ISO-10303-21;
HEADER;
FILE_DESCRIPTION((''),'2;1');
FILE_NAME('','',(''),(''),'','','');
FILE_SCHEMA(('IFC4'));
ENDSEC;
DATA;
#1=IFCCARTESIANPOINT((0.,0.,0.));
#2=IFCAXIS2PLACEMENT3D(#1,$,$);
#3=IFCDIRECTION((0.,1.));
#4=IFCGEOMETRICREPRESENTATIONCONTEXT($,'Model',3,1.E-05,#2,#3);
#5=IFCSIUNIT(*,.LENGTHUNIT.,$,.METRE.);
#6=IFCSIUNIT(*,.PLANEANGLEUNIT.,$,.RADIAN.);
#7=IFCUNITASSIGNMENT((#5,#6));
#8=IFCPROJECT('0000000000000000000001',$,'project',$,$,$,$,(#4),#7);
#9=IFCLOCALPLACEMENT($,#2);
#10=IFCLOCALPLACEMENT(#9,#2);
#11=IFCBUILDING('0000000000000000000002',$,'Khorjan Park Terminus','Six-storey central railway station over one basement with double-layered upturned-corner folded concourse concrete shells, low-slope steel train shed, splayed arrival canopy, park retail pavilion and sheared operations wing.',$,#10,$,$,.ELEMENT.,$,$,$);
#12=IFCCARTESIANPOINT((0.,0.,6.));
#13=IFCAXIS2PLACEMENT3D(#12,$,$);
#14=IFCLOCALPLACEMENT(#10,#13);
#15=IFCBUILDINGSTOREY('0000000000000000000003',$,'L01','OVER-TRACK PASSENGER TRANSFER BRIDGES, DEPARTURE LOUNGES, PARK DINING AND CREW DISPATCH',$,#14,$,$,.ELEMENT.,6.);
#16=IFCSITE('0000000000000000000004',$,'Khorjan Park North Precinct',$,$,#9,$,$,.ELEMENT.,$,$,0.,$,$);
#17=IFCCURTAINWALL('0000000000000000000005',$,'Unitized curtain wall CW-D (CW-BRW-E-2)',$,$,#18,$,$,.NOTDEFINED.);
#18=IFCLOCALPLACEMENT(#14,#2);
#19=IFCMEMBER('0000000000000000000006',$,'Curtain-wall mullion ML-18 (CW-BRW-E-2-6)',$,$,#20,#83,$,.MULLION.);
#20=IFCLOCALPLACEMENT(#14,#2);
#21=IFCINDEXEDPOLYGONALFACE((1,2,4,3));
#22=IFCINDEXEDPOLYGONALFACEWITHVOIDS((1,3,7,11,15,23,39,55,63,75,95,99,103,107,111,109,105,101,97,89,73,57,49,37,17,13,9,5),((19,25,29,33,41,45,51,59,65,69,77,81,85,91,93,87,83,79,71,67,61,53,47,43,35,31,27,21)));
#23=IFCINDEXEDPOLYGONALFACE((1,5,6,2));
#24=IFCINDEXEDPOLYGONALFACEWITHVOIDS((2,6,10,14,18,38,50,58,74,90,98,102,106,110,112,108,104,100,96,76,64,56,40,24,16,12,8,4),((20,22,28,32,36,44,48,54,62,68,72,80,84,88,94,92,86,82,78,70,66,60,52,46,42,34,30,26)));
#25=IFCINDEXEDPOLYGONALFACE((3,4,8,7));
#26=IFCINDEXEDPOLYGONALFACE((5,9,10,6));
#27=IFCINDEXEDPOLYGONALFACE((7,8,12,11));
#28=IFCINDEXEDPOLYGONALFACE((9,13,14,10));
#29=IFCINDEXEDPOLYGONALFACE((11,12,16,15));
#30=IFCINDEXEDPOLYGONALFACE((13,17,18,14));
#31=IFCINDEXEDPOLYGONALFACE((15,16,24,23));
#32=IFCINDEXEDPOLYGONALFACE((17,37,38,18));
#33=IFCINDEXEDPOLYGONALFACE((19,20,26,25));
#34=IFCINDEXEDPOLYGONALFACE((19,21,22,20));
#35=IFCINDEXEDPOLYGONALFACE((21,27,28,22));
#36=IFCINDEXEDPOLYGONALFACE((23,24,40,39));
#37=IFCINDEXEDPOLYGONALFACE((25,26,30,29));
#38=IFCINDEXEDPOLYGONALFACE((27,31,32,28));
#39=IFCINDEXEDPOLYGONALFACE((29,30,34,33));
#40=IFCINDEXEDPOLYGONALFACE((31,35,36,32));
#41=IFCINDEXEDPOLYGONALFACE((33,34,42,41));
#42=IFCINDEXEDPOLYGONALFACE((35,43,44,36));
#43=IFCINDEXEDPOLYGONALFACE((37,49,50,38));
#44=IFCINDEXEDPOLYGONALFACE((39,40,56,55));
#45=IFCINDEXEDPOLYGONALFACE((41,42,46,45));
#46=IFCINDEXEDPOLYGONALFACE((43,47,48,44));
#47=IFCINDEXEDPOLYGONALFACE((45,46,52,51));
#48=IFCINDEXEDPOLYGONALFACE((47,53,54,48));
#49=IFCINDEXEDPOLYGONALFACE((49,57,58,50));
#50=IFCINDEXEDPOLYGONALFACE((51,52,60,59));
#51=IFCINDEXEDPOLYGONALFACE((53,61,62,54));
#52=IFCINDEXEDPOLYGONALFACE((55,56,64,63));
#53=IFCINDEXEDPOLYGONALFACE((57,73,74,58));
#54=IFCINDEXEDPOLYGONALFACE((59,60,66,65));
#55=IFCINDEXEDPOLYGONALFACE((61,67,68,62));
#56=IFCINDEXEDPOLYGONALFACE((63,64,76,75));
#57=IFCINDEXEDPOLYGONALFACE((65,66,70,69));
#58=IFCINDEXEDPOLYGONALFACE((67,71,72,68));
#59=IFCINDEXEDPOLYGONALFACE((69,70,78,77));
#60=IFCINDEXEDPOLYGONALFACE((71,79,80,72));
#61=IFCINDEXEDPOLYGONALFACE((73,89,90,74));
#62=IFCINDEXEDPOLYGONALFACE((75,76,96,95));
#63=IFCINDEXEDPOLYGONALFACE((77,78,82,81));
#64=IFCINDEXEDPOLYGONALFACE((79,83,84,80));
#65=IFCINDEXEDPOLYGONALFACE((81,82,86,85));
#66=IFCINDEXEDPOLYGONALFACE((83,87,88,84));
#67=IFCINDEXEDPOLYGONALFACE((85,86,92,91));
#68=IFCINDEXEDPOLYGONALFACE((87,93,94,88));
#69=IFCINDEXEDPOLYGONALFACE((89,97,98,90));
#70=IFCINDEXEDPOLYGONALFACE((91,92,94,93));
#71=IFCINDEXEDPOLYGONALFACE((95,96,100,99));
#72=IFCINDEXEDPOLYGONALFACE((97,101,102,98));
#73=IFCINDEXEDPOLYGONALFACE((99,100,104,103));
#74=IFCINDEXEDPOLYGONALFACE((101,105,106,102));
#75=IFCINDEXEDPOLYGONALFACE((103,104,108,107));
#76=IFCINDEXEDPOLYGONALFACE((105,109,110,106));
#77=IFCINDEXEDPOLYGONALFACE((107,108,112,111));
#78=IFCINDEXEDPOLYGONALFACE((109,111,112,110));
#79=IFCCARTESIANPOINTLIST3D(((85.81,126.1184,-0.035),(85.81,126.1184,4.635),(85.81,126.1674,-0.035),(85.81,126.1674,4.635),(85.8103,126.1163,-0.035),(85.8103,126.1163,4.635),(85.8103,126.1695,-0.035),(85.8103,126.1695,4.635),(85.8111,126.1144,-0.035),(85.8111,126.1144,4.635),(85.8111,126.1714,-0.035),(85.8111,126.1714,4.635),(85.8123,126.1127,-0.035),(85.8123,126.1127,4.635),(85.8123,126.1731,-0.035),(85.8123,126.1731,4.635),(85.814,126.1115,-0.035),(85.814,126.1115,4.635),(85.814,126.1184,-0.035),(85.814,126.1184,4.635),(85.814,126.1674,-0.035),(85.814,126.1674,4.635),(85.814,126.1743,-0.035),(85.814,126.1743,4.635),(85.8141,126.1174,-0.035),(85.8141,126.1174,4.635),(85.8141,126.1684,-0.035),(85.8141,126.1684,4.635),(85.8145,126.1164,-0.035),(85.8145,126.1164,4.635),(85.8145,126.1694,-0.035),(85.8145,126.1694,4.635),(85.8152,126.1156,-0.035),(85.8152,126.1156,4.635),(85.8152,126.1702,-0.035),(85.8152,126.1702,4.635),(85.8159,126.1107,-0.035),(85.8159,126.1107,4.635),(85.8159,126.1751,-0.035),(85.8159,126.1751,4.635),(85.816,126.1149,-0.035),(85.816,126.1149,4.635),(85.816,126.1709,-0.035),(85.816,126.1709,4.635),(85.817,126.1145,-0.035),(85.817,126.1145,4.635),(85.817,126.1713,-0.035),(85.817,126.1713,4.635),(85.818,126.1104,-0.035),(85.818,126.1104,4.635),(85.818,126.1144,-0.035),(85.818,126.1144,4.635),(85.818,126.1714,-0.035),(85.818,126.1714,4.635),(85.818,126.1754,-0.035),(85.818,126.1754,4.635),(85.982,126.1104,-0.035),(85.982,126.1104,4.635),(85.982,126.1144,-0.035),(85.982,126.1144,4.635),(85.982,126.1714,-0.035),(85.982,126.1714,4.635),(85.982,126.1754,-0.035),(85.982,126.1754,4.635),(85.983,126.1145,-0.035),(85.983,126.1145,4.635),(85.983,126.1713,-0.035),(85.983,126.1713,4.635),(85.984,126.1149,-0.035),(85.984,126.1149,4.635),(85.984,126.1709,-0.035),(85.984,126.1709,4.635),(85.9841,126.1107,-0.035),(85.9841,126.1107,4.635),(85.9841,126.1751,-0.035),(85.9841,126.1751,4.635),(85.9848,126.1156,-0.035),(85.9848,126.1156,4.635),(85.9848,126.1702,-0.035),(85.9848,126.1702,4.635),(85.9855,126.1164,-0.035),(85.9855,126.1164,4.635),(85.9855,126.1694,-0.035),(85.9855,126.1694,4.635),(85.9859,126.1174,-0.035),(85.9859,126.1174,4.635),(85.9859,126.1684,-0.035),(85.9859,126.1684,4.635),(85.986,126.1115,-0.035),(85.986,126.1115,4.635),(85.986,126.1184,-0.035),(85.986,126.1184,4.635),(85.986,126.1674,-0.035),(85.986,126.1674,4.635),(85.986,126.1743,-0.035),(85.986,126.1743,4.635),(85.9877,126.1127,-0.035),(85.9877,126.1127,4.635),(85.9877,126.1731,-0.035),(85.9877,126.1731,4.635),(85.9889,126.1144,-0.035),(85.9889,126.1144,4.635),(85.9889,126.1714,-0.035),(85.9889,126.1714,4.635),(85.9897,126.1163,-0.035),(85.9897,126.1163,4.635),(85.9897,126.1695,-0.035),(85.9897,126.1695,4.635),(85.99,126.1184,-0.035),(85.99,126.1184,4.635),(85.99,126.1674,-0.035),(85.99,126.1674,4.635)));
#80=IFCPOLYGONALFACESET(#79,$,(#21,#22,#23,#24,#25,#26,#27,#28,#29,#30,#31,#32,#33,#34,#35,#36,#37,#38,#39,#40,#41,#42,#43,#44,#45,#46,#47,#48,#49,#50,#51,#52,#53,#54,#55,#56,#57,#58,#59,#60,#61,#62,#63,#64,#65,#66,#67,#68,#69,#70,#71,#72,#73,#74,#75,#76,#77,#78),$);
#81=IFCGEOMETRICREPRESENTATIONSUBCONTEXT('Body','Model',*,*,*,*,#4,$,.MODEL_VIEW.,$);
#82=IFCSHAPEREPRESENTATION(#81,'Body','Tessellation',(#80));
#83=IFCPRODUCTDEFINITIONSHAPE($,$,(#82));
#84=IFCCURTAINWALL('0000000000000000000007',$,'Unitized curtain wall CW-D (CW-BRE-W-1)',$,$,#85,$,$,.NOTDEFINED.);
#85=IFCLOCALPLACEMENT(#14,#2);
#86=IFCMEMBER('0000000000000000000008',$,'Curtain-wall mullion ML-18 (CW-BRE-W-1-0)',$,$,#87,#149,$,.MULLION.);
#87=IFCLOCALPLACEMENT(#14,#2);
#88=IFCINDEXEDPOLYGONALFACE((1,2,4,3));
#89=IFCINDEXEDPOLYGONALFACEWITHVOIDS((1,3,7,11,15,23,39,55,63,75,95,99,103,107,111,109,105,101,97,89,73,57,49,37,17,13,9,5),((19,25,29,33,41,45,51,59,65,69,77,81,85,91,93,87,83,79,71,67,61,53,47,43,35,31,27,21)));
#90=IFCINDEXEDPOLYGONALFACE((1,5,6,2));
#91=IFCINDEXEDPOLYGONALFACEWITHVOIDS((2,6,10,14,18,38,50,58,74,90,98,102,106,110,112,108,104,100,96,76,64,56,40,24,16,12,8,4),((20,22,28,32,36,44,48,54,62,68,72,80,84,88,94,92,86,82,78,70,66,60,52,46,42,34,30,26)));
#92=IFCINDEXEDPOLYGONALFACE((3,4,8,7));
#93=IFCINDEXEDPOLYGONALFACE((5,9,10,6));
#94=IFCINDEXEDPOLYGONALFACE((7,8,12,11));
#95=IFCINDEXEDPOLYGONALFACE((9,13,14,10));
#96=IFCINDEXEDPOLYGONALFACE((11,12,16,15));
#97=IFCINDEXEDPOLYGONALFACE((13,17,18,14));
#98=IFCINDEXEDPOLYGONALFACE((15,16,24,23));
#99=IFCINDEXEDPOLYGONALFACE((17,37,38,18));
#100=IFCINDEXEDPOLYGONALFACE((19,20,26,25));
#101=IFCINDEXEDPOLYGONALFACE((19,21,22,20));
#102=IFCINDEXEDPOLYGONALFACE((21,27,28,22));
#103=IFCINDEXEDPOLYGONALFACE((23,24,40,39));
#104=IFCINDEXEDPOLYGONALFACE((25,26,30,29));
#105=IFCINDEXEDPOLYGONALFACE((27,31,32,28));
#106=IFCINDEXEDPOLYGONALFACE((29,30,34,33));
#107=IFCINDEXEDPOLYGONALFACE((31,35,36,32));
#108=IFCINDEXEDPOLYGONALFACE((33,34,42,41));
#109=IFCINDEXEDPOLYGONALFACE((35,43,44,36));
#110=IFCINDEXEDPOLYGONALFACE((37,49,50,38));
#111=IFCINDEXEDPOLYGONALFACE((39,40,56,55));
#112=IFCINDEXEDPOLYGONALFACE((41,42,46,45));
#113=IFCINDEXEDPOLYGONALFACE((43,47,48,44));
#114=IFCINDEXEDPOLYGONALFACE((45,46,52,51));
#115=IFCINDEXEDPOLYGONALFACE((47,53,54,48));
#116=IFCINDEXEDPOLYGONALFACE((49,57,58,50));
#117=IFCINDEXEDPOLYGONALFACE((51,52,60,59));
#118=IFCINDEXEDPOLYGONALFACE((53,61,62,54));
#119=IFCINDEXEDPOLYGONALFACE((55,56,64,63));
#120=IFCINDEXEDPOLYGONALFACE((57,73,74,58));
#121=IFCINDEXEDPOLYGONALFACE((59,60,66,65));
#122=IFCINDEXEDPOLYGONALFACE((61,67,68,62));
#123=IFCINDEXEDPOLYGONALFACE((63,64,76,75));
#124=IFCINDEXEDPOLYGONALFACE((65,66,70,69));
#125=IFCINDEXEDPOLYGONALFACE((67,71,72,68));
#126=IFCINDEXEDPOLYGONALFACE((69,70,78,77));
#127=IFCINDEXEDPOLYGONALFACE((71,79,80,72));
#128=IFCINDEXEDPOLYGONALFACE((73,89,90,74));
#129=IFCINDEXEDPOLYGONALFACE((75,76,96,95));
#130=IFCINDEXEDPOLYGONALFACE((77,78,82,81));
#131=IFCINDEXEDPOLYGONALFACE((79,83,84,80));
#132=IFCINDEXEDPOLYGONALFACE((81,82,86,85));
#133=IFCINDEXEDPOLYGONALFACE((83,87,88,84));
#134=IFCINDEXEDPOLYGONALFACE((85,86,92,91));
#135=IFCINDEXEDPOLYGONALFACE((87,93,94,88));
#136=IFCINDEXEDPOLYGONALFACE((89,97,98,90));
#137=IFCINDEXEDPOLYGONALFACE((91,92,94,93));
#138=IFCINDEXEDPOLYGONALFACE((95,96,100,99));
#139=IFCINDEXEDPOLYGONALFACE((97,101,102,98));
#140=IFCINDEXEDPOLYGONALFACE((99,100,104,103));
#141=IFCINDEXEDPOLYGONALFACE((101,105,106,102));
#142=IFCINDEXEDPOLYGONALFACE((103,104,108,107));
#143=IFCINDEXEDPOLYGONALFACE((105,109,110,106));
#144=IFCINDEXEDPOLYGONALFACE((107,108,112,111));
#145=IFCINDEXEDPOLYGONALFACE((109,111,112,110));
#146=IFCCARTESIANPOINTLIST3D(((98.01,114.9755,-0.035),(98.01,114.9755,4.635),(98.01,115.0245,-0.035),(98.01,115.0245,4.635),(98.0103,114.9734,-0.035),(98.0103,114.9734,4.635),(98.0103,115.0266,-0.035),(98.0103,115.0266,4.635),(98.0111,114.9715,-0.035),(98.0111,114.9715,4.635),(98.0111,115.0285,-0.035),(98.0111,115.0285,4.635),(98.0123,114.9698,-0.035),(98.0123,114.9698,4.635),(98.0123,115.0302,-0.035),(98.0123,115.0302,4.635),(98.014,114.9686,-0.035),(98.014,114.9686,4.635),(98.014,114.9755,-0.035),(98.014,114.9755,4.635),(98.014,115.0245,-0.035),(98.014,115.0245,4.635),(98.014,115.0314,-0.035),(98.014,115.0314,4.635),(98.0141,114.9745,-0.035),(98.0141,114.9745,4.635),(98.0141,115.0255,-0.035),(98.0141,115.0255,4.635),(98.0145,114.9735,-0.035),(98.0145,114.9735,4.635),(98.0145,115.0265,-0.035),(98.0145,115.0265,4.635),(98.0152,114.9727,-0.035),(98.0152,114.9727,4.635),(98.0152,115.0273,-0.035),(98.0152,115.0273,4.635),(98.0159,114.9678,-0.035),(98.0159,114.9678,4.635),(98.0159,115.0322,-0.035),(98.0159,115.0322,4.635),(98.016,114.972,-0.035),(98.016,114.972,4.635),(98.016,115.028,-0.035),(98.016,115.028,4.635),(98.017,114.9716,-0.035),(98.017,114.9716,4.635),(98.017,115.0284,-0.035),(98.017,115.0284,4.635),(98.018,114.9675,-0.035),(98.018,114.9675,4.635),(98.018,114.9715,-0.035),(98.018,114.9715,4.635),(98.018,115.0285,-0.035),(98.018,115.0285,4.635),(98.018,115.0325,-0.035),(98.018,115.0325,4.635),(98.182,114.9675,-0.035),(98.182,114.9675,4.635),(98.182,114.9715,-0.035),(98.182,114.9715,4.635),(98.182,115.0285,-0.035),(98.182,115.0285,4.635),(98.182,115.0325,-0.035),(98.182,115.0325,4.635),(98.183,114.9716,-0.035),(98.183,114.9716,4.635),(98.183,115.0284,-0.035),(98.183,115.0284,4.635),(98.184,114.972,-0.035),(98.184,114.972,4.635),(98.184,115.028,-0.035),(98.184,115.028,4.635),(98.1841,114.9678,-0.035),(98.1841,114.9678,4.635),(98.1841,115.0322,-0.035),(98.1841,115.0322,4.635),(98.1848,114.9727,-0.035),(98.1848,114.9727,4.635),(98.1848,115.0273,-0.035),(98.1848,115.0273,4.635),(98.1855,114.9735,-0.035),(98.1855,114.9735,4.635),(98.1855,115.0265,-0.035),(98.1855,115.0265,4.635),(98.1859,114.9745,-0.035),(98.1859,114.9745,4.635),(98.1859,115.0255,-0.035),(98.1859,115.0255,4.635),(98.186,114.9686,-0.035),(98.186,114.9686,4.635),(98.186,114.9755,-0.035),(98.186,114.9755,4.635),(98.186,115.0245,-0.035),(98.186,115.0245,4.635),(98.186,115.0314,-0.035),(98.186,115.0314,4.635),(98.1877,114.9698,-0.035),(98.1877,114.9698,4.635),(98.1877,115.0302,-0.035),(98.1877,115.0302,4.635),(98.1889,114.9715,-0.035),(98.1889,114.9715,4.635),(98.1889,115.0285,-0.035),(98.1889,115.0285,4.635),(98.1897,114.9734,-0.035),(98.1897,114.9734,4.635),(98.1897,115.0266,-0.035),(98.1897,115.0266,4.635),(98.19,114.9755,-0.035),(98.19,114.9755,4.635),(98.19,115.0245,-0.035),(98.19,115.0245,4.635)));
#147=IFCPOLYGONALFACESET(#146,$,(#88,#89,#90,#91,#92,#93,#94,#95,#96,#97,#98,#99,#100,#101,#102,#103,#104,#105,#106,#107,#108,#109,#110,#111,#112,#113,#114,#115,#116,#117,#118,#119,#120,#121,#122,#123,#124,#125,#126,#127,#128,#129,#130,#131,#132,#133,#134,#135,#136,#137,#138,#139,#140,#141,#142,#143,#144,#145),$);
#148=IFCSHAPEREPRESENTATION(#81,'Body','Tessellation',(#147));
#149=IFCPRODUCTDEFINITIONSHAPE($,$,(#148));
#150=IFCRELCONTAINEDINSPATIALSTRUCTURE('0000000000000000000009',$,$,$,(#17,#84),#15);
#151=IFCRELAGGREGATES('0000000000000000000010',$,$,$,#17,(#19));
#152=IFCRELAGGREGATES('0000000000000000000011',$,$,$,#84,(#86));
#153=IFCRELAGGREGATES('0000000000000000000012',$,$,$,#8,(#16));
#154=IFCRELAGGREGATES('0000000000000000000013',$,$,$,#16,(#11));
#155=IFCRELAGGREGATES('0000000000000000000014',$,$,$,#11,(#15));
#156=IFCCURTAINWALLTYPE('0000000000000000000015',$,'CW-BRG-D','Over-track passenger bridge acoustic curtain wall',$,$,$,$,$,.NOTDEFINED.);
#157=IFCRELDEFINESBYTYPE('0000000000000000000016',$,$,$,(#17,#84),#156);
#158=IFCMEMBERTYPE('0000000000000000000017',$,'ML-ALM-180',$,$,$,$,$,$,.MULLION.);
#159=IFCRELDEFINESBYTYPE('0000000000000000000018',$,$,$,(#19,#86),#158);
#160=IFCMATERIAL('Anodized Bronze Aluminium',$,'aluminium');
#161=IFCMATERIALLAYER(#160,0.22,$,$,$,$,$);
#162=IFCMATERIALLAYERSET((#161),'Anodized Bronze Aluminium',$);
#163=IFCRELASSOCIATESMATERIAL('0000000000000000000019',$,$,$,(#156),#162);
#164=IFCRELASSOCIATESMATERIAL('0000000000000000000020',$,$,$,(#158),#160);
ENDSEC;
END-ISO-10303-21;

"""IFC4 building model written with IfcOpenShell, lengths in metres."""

from ifc_helpers import new_model, si_unit, direction, frame, origin, origin_2d, place, context, subcontext, project, spatial, hollow_rectangle, extrude, material, layer, layer_set, material_profile, profile_set, type_object, element, aggregate, save


model = new_model("IFC4")

# Units and contexts
model_context = context("Model", 3, precision=1e-05, world=origin(), true_north=direction((0.0, 1.0)))
body_context = subcontext(model_context, "Body", "Model", "MODEL_VIEW")
ifc_project = project(units=[si_unit("LENGTHUNIT", "METRE"), si_unit("PLANEANGLEUNIT", "RADIAN")], contexts=[model_context])

# Site, building, storey
site_placement = place(None, origin())
site = spatial("IfcSite", under=ifc_project, at=site_placement, Name="Khorjan Park North Precinct", CompositionType="ELEMENT", RefElevation=0.0)
building_placement = place(site_placement, origin())
building = spatial("IfcBuilding", under=site, at=building_placement, Name="Khorjan Park Terminus", Description="Six-storey central railway station over one basement with double-layered upturned-corner folded concourse concrete shells, low-slope steel train shed, splayed arrival canopy, park retail pavilion and sheared operations wing.", CompositionType="ELEMENT")
storey_placement = place(building_placement, frame((0.0, 0.0, 6.0)))
storey = spatial("IfcBuildingStorey", under=building, at=storey_placement, Name="L01", Description="OVER-TRACK PASSENGER TRANSFER BRIDGES, DEPARTURE LOUNGES, PARK DINING AND CREW DISPATCH", CompositionType="ELEMENT", Elevation=6.0)

# Curtain wall, member
ifc_material_1 = material(Name="Anodized Bronze Aluminium", Category="aluminium")
ifc_layer_1 = layer(ifc_material_1, 0.22)
ifc_layer_set_1 = layer_set([ifc_layer_1], Name="Anodized Bronze Aluminium")
curtain_wall_type = type_object("IfcCurtainWallType", Name="CW-BRG-D", Description="Over-track passenger bridge acoustic curtain wall", PredefinedType="NOTDEFINED", material=ifc_layer_set_1)
curtain_wall_1_placement = place(storey_placement, origin())
curtain_wall_1 = element("IfcCurtainWall", 1, at=curtain_wall_1_placement, inside=storey, type_object=curtain_wall_type, Name="Unitized curtain wall CW-D (CW-BRW-E-2)", PredefinedType="NOTDEFINED")
ifc_material_profile_1 = material_profile(ifc_material_1, hollow_rectangle(XDim=0.065, YDim=0.18, WallThickness=0.004, InnerFilletRadius=0.004, OuterFilletRadius=0.008, at=origin_2d()), Name="ALM 65x180x4")
ifc_profile_set_1 = profile_set([ifc_material_profile_1], Name="Anodized Bronze Aluminium")
member_type_1 = type_object("IfcMemberType", Name="ML-ALM-180", PredefinedType="MULLION", material=ifc_profile_set_1)
member_1_placement = place(storey_placement, frame((85.9, 126.1429, -0.035), z_axis=(0.0, 0.0, 1.0), x_axis=(0.0, 1.0, 0.0)))
member_1 = element("IfcMember", 2, at=member_1_placement, type_object=member_type_1, Name="Curtain-wall mullion ML-18 (CW-BRW-E-2-6)", PredefinedType="MULLION", context=body_context, shape_type="SweptSolid", body=[
    extrude(hollow_rectangle(XDim=0.065, YDim=0.18, WallThickness=0.004, InnerFilletRadius=0.004, OuterFilletRadius=0.008, at=origin_2d()), origin(), (0.0, 0.0, 1.0), 4.67),
])

# Curtain wall, member
curtain_wall_2_placement = place(storey_placement, origin())
curtain_wall_2 = element("IfcCurtainWall", 3, at=curtain_wall_2_placement, inside=storey, type_object=curtain_wall_type, Name="Unitized curtain wall CW-D (CW-BRE-W-1)", PredefinedType="NOTDEFINED")
member_2_placement = place(storey_placement, frame((98.1, 115.0, -0.035), z_axis=(0.0, 0.0, 1.0), x_axis=(0.0, -1.0, 0.0)))
member_2 = element("IfcMember", 4, at=member_2_placement, type_object=member_type_1, Name="Curtain-wall mullion ML-18 (CW-BRE-W-1-0)", PredefinedType="MULLION", context=body_context, shape_type="SweptSolid", body=[
    extrude(hollow_rectangle(XDim=0.065, YDim=0.18, WallThickness=0.004, InnerFilletRadius=0.004, OuterFilletRadius=0.008, at=origin_2d()), origin(), (0.0, 0.0, 1.0), 4.67),
])

aggregate(curtain_wall_1, [member_1])
aggregate(curtain_wall_2, [member_2])

save(model, "model.ifc")
